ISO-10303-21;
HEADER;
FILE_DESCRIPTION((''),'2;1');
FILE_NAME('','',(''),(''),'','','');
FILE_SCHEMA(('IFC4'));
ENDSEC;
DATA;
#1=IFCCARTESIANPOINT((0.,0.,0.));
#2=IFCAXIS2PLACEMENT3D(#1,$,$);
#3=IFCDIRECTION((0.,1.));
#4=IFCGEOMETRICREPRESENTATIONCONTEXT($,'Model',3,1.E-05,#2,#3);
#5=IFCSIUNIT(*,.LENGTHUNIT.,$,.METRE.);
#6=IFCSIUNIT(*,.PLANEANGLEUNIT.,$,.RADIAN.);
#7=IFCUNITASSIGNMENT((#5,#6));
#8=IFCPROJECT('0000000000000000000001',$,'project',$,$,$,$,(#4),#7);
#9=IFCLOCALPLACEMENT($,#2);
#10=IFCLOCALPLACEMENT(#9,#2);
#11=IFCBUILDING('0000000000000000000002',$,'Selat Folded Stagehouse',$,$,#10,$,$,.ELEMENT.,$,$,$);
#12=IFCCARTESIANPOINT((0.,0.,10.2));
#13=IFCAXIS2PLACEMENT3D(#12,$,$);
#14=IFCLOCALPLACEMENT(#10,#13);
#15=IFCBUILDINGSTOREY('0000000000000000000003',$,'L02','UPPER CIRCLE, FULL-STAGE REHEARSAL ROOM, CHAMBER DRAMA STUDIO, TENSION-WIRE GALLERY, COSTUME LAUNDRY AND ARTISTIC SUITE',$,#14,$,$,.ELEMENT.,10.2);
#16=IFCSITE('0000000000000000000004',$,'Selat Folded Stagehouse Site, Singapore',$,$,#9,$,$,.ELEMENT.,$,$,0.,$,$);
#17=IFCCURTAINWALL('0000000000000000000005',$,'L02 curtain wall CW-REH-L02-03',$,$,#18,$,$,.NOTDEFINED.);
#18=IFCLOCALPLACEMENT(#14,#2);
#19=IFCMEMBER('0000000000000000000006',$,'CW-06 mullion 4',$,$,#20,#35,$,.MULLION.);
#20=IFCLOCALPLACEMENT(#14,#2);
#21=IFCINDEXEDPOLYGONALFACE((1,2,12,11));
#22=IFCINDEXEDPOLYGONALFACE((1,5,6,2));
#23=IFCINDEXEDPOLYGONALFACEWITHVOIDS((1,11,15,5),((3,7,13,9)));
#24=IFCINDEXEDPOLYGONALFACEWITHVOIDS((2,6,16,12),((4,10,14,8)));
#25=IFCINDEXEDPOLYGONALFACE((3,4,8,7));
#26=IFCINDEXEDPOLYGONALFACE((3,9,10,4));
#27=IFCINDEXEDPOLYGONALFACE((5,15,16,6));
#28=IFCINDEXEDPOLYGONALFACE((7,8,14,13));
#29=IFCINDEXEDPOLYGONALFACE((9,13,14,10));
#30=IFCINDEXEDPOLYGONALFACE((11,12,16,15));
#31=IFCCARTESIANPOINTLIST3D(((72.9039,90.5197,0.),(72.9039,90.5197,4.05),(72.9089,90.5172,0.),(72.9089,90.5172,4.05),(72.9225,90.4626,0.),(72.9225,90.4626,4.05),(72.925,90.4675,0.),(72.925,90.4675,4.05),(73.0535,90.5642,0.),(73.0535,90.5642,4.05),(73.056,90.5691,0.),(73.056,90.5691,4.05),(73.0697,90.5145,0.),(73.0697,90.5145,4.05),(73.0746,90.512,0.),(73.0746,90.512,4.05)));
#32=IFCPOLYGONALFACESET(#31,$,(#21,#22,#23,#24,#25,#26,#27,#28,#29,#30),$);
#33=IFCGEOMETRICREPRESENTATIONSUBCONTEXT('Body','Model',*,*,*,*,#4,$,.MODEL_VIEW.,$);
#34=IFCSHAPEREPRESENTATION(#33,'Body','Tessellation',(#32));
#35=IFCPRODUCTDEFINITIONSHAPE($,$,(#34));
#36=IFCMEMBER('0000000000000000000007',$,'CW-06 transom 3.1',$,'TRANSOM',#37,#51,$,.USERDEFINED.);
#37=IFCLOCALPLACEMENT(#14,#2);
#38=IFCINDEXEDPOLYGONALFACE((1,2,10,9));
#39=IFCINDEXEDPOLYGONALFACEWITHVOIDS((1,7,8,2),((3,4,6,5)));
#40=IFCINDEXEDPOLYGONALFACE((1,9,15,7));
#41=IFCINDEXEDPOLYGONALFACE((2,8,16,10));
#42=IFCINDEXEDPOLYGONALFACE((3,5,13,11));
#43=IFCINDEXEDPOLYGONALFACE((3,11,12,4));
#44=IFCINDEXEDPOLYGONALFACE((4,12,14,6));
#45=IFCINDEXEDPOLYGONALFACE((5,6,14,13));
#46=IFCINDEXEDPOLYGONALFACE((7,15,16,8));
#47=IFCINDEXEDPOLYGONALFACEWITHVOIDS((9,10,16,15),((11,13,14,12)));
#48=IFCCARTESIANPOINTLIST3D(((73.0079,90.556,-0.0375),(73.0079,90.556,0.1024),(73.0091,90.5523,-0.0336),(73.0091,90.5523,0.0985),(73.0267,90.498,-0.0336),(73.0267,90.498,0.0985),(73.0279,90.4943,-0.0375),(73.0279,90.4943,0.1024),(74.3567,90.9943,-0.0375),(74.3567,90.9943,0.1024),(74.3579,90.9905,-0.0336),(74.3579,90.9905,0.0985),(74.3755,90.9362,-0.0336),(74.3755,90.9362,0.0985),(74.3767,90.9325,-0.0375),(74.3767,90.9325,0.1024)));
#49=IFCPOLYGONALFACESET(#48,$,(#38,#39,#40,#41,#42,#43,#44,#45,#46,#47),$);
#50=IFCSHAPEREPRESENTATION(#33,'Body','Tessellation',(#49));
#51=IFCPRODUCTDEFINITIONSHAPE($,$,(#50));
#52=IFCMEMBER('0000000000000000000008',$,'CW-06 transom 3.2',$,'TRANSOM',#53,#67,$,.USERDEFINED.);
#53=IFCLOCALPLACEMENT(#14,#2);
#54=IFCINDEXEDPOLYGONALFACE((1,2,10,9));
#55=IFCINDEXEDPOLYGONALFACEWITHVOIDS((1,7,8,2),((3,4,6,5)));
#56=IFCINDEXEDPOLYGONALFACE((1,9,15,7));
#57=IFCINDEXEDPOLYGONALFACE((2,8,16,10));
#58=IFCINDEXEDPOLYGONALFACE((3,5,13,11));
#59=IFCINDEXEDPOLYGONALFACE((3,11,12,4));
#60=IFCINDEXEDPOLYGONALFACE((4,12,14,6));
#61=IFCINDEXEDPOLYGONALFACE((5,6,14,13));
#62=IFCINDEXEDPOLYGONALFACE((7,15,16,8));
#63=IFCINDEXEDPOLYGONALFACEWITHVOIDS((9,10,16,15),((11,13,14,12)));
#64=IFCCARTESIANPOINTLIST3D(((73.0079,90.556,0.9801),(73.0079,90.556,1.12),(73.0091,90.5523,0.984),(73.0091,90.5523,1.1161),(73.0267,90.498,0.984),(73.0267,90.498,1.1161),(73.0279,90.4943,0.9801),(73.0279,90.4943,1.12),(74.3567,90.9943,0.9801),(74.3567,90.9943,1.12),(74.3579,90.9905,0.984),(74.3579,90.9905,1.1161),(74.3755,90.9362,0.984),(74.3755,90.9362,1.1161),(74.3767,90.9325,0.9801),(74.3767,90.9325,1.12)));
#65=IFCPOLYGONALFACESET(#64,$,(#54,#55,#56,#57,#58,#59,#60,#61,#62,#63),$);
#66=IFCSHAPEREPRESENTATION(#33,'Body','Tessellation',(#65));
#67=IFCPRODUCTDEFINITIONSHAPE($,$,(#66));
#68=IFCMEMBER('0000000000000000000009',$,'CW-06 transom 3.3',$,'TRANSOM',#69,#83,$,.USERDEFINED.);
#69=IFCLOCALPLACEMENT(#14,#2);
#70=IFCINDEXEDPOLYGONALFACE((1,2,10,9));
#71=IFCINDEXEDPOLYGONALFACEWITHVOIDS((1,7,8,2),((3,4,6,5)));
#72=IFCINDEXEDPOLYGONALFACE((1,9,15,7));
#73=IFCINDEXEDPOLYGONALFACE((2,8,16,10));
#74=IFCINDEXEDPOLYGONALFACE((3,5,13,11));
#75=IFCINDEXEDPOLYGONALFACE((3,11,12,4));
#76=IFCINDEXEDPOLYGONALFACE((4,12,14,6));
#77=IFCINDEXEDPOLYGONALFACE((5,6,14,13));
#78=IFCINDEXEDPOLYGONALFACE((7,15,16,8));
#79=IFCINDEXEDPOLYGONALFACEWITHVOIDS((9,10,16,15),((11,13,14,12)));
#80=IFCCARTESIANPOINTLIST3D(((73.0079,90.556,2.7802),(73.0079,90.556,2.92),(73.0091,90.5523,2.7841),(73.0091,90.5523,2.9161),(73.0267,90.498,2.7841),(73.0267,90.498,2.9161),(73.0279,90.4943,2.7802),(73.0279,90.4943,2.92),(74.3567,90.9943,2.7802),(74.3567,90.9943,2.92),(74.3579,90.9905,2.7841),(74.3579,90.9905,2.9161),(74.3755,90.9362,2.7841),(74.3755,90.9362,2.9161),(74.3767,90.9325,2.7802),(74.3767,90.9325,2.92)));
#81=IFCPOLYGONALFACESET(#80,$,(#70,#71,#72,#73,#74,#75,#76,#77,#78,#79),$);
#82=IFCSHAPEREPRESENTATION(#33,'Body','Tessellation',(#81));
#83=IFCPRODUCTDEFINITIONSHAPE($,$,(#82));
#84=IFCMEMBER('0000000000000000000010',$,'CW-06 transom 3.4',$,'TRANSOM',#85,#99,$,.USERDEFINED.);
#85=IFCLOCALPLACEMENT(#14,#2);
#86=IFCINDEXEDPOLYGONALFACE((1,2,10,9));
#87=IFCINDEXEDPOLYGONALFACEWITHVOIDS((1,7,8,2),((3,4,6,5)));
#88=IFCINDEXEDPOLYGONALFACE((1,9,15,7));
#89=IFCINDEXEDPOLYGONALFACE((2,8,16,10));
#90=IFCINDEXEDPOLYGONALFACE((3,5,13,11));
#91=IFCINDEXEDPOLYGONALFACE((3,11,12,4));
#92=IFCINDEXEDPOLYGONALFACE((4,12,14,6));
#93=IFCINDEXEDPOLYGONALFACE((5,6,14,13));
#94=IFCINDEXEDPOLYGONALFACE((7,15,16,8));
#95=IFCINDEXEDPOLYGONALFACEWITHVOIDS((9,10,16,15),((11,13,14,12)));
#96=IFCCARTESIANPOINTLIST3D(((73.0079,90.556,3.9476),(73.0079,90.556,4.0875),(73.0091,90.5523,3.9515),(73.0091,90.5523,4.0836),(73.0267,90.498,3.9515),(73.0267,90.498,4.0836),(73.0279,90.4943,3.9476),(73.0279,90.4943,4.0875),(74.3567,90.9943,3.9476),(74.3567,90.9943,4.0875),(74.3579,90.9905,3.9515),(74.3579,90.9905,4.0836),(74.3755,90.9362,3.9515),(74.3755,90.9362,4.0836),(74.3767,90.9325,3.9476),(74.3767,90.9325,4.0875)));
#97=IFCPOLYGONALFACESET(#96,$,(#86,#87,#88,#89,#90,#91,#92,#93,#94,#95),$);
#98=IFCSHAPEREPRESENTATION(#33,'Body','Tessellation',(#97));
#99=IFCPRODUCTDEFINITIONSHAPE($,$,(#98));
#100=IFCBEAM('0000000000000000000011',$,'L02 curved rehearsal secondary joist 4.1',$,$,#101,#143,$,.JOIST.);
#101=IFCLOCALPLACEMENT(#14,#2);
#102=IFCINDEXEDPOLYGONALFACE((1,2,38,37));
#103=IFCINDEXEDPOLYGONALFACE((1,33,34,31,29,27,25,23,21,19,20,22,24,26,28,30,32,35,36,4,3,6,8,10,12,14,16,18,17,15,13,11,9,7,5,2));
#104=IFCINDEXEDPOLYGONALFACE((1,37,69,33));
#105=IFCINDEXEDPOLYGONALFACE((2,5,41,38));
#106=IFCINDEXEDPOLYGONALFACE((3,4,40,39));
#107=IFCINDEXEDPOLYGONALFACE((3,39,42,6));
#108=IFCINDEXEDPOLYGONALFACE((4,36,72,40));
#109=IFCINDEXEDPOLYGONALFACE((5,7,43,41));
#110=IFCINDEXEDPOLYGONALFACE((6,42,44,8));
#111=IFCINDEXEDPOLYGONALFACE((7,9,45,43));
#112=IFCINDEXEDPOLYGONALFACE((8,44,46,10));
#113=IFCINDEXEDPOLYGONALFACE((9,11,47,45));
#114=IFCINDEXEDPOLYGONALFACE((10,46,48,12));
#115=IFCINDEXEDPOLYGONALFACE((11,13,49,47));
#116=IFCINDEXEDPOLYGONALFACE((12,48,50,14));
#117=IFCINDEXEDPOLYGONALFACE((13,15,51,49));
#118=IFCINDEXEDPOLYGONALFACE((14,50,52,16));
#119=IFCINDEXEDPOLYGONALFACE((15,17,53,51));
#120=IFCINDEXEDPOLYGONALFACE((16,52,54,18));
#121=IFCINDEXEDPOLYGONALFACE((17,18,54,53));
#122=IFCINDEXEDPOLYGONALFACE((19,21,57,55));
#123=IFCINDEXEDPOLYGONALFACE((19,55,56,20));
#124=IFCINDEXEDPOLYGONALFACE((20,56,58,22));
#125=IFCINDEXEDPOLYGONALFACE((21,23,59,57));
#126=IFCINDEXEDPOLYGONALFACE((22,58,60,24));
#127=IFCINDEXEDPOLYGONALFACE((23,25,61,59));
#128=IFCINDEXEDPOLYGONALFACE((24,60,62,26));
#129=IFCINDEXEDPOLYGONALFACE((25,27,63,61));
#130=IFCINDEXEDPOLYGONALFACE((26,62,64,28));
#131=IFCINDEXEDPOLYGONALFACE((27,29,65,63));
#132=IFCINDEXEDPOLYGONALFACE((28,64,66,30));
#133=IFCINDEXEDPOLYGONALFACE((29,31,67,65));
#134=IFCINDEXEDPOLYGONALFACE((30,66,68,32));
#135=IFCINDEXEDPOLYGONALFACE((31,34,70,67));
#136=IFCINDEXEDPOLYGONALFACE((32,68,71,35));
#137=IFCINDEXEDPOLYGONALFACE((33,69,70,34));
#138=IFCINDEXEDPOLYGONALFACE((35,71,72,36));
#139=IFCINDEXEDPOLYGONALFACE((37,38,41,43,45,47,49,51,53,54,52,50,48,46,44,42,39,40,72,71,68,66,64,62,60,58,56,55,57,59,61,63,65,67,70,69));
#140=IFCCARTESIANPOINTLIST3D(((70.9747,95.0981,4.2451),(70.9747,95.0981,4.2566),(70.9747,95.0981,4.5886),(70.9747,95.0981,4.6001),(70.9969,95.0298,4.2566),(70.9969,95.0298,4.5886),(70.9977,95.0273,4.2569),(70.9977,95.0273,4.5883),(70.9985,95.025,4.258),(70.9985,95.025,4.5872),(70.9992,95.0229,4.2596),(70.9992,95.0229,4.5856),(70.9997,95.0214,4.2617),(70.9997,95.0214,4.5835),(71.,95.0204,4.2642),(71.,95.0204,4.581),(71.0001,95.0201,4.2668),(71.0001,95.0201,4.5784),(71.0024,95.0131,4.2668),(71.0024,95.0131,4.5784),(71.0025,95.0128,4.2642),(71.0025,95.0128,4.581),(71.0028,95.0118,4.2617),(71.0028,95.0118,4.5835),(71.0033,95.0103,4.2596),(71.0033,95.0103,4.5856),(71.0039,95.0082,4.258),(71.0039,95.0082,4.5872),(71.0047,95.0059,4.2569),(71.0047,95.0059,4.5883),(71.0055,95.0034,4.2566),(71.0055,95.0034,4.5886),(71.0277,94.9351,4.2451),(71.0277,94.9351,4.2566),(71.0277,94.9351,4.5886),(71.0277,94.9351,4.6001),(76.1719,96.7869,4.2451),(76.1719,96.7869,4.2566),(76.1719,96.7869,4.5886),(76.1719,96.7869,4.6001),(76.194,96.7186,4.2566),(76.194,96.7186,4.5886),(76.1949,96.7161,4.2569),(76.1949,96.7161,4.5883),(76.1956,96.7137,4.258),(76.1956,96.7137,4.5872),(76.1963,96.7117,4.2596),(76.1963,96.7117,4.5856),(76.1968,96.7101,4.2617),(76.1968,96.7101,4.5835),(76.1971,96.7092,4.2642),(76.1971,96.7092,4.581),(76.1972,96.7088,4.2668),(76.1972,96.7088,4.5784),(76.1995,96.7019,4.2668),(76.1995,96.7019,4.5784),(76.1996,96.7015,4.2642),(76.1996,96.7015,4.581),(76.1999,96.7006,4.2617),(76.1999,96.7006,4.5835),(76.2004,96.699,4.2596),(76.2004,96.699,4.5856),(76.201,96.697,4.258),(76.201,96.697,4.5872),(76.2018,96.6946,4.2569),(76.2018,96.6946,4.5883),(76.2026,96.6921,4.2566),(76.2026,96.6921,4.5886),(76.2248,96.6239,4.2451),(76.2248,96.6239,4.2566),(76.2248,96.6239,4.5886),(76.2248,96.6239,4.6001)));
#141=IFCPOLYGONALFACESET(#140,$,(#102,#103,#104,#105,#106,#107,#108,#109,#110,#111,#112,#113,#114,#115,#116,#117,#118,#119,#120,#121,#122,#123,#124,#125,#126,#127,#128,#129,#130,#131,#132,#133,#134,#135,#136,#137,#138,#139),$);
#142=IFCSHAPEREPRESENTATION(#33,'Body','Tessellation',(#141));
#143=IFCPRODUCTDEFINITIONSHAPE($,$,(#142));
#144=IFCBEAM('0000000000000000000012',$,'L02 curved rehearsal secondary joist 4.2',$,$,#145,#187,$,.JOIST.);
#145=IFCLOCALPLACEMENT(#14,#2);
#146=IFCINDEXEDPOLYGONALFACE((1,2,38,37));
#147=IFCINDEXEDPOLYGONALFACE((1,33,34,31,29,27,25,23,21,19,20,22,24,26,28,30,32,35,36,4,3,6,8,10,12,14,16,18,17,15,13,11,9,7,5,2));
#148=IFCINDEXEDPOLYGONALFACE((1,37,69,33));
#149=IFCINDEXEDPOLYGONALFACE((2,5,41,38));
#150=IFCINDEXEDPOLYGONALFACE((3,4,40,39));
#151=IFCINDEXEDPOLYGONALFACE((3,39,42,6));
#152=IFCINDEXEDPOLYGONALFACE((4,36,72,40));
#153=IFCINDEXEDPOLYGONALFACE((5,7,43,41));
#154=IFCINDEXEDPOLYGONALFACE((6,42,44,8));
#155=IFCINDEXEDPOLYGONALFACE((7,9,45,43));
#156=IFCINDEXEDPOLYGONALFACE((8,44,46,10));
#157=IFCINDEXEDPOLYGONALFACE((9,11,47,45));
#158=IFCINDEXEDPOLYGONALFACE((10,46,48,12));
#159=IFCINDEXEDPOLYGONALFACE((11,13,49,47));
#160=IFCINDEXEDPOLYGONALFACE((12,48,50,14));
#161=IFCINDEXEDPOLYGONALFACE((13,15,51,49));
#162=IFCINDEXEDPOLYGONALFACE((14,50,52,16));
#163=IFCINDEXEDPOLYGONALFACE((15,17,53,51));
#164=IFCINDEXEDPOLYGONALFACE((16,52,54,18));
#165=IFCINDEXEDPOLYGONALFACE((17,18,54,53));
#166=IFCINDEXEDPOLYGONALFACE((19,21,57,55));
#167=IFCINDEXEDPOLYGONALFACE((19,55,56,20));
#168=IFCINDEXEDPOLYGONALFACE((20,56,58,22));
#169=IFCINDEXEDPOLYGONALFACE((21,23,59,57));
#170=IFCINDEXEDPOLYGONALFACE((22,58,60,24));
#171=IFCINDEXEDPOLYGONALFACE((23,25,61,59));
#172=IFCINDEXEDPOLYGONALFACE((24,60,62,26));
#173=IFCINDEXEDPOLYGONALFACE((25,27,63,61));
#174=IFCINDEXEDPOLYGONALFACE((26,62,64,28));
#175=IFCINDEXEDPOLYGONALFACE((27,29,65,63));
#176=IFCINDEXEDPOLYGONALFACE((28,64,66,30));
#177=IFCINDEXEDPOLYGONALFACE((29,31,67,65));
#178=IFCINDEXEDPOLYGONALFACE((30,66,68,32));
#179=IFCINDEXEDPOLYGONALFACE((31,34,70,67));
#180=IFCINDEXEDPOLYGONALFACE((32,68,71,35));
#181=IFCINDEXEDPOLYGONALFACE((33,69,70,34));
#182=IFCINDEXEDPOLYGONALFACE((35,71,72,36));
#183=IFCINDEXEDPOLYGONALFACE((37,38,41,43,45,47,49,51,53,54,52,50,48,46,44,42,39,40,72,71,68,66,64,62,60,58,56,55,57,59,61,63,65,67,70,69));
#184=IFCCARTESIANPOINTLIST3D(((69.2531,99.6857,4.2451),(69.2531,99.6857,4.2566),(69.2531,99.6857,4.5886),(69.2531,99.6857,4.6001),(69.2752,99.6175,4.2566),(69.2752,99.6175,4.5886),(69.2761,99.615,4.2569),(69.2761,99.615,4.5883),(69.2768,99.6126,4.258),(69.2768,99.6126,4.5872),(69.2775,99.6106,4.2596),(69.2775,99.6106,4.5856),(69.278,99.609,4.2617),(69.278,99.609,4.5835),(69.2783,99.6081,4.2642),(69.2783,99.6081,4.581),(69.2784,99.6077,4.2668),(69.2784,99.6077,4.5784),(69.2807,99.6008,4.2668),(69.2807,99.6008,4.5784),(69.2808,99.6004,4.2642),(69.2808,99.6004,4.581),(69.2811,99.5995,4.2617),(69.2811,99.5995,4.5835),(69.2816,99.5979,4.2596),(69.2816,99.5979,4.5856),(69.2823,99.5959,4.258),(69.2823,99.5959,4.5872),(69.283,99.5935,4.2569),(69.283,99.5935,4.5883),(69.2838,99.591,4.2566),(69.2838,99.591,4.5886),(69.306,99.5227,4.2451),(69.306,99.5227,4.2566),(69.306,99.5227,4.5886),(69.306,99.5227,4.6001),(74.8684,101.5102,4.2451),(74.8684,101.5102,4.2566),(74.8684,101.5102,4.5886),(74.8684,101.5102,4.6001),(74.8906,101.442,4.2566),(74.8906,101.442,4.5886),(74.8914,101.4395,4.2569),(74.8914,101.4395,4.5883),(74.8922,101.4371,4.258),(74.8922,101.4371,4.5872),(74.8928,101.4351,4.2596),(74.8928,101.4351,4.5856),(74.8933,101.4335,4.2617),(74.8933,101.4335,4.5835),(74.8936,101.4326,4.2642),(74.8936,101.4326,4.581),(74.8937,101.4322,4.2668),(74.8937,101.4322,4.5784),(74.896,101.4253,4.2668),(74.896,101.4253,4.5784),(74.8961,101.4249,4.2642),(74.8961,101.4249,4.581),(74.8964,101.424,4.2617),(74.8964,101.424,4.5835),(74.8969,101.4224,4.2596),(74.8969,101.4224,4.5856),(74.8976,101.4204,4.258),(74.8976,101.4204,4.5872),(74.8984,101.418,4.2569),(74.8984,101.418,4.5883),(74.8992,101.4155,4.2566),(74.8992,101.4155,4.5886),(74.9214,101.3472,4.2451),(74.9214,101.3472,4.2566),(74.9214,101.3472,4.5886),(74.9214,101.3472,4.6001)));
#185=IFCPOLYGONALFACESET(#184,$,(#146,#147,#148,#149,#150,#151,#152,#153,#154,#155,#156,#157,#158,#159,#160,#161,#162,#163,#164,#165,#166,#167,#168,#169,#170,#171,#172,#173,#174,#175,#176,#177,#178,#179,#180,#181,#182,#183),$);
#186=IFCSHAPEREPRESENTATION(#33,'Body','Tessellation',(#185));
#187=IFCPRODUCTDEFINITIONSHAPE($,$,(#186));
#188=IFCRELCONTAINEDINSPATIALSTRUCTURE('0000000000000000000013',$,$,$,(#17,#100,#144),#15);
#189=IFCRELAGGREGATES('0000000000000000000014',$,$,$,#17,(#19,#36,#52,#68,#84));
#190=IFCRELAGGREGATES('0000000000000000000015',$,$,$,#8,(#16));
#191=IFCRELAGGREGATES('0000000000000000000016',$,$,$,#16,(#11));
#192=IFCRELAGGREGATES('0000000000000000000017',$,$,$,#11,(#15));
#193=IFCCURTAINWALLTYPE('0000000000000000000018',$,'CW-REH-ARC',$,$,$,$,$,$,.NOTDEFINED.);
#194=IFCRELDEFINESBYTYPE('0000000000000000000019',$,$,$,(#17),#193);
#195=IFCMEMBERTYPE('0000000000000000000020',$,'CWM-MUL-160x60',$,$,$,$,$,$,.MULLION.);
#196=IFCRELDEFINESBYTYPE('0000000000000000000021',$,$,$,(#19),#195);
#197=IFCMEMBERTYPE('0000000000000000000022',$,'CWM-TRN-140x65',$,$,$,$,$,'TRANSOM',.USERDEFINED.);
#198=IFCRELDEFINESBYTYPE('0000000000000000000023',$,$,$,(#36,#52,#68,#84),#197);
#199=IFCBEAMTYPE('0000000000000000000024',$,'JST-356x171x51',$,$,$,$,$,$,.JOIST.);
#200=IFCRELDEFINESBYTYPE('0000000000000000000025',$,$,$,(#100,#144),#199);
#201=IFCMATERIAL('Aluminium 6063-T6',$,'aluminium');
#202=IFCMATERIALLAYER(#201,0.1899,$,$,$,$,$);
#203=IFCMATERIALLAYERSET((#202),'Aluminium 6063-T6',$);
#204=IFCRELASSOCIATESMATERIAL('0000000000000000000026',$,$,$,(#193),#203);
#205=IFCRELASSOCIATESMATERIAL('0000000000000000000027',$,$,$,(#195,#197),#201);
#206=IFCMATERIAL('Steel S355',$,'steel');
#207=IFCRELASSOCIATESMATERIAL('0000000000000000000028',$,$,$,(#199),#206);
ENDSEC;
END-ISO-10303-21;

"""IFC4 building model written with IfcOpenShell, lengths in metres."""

from ifc_helpers import new_model, si_unit, direction, frame, origin, origin_2d, place, context, subcontext, project, spatial, hollow_rectangle, i_section, extrude, material, layer, layer_set, material_profile, profile_set, type_object, element, aggregate, save


model = new_model("IFC4")

# Units and contexts
model_context = context("Model", 3, precision=1e-05, world=origin(), true_north=direction((0.0, 1.0)))
body_context = subcontext(model_context, "Body", "Model", "MODEL_VIEW")
ifc_project = project(units=[si_unit("LENGTHUNIT", "METRE"), si_unit("PLANEANGLEUNIT", "RADIAN")], contexts=[model_context])

# Site, building, storey
site_placement = place(None, origin())
site = spatial("IfcSite", under=ifc_project, at=site_placement, Name="Selat Folded Stagehouse Site, Singapore", CompositionType="ELEMENT", RefElevation=0.0)
building_placement = place(site_placement, origin())
building = spatial("IfcBuilding", under=site, at=building_placement, Name="Selat Folded Stagehouse", CompositionType="ELEMENT")
storey_placement = place(building_placement, frame((0.0, 0.0, 10.2)))
storey = spatial("IfcBuildingStorey", under=building, at=storey_placement, Name="L02", Description="UPPER CIRCLE, FULL-STAGE REHEARSAL ROOM, CHAMBER DRAMA STUDIO, TENSION-WIRE GALLERY, COSTUME LAUNDRY AND ARTISTIC SUITE", CompositionType="ELEMENT", Elevation=10.2)

# Shared definitions
ifc_material_1 = material(Name="Steel S355", Category="steel")

# Shared definitions
ifc_material_2 = material(Name="Aluminium 6063-T6", Category="aluminium")
ifc_layer_1 = layer(ifc_material_2, 0.1899)
ifc_layer_set_1 = layer_set([ifc_layer_1], Name="Aluminium 6063-T6")
curtain_wall_type = type_object("IfcCurtainWallType", Name="CW-REH-ARC", PredefinedType="NOTDEFINED", material=ifc_layer_set_1)
ifc_material_profile_1 = material_profile(ifc_material_2, hollow_rectangle(XDim=0.0601, YDim=0.1599, WallThickness=0.0039, at=origin_2d()), Name="ALU 160x60x4.0")
ifc_profile_set_1 = profile_set([ifc_material_profile_1], Name="Aluminium 6063-T6")
member_type_1 = type_object("IfcMemberType", Name="CWM-MUL-160x60", PredefinedType="MULLION", material=ifc_profile_set_1)

# Curtain wall, members
curtain_wall_1_placement = place(storey_placement, origin())
curtain_wall_1 = element("IfcCurtainWall", 1, at=curtain_wall_1_placement, inside=storey, type_object=curtain_wall_type, Name="L02 curtain wall CW-REH-L02-03", PredefinedType="NOTDEFINED")
member_1_placement = place(storey_placement, frame((72.9893, 90.5159, 0.0), z_axis=(0.0, 0.0, 1.0), x_axis=(0.308992, -0.951065, 0.0)))
member_1 = element("IfcMember", 2, at=member_1_placement, type_object=member_type_1, Name="CW-06 mullion 4", PredefinedType="MULLION", context=body_context, shape_type="SweptSolid", body=[
    extrude(hollow_rectangle(XDim=0.0601, YDim=0.1599, WallThickness=0.0039, at=origin_2d()), origin(), (0.0, 0.0, 1.0), 4.05),
])
ifc_material_profile_2 = material_profile(ifc_material_2, hollow_rectangle(XDim=0.0649, YDim=0.1399, WallThickness=0.0039, at=origin_2d()), Name="ALU 140x65x4.0")
ifc_profile_set_2 = profile_set([ifc_material_profile_2], Name="Aluminium 6063-T6")
member_type_2 = type_object("IfcMemberType", Name="CWM-TRN-140x65", ElementType="TRANSOM", PredefinedType="USERDEFINED", material=ifc_profile_set_2)
member_2_placement = place(storey_placement, frame((74.3667, 90.9634, 0.0325), z_axis=(-0.951066, -0.308989, 0.0), x_axis=(0.308989, -0.951066, 0.0)))
member_2 = element("IfcMember", 3, at=member_2_placement, type_object=member_type_2, Name="CW-06 transom 3.1", ObjectType="TRANSOM", PredefinedType="USERDEFINED", context=body_context, shape_type="SweptSolid", body=[
    extrude(hollow_rectangle(XDim=0.0649, YDim=0.1399, WallThickness=0.0039, at=origin_2d()), origin(), (0.0, 0.0, 1.0), 1.4182),
])
member_3_placement = place(storey_placement, frame((74.3667, 90.9634, 1.05), z_axis=(-0.951066, -0.308989, 0.0), x_axis=(0.308989, -0.951066, 0.0)))
member_3 = element("IfcMember", 4, at=member_3_placement, type_object=member_type_2, Name="CW-06 transom 3.2", ObjectType="TRANSOM", PredefinedType="USERDEFINED", context=body_context, shape_type="SweptSolid", body=[
    extrude(hollow_rectangle(XDim=0.0649, YDim=0.1399, WallThickness=0.0039, at=origin_2d()), origin(), (0.0, 0.0, 1.0), 1.4182),
])
member_4_placement = place(storey_placement, frame((74.3667, 90.9634, 2.8501), z_axis=(-0.951066, -0.308989, 0.0), x_axis=(0.308989, -0.951066, 0.0)))
member_4 = element("IfcMember", 5, at=member_4_placement, type_object=member_type_2, Name="CW-06 transom 3.3", ObjectType="TRANSOM", PredefinedType="USERDEFINED", context=body_context, shape_type="SweptSolid", body=[
    extrude(hollow_rectangle(XDim=0.0649, YDim=0.1399, WallThickness=0.0039, at=origin_2d()), origin(), (0.0, 0.0, 1.0), 1.4182),
])
member_5_placement = place(storey_placement, frame((74.3667, 90.9634, 4.0176), z_axis=(-0.951066, -0.308989, 0.0), x_axis=(0.308989, -0.951066, 0.0)))
member_5 = element("IfcMember", 6, at=member_5_placement, type_object=member_type_2, Name="CW-06 transom 3.4", ObjectType="TRANSOM", PredefinedType="USERDEFINED", context=body_context, shape_type="SweptSolid", body=[
    extrude(hollow_rectangle(XDim=0.0649, YDim=0.1399, WallThickness=0.0039, at=origin_2d()), origin(), (0.0, 0.0, 1.0), 1.4182),
])

# Beams
ifc_material_profile_3 = material_profile(ifc_material_1, i_section(OverallWidth=0.1714, OverallDepth=0.355, WebThickness=0.0073, FlangeThickness=0.0115, FilletRadius=0.0103, at=origin_2d()), Name="UKB 356x171x51")
ifc_profile_set_3 = profile_set([ifc_material_profile_3], Name="Steel S355")
beam_type_1 = type_object("IfcBeamType", Name="JST-356x171x51", PredefinedType="JOIST", material=ifc_profile_set_3)
beam_1_placement = place(storey_placement, frame((71.0012, 95.0166, 4.4226), z_axis=(0.951051, 0.309035, 0.0), x_axis=(-0.309035, 0.951051, 0.0)))
element("IfcBeam", 7, at=beam_1_placement, inside=storey, type_object=beam_type_1, Name="L02 curved rehearsal secondary joist 4.1", PredefinedType="JOIST", context=body_context, shape_type="SweptSolid", body=[
    extrude(i_section(OverallWidth=0.1714, OverallDepth=0.355, WebThickness=0.0073, FlangeThickness=0.0115, FilletRadius=0.0103, at=origin_2d()), origin(), (0.0, 0.0, 1.0), 5.4646),
])
beam_2_placement = place(storey_placement, frame((69.2795, 99.6042, 4.4226), z_axis=(0.951058, 0.309011, 0.0), x_axis=(-0.309011, 0.951058, 0.0)))
element("IfcBeam", 8, at=beam_2_placement, inside=storey, type_object=beam_type_1, Name="L02 curved rehearsal secondary joist 4.2", PredefinedType="JOIST", context=body_context, shape_type="SweptSolid", body=[
    extrude(i_section(OverallWidth=0.1714, OverallDepth=0.355, WebThickness=0.0073, FlangeThickness=0.0115, FilletRadius=0.0103, at=origin_2d()), origin(), (0.0, 0.0, 1.0), 5.9043),
])

aggregate(curtain_wall_1, [member_1, member_2, member_3, member_4, member_5])

save(model, "model.ifc")
